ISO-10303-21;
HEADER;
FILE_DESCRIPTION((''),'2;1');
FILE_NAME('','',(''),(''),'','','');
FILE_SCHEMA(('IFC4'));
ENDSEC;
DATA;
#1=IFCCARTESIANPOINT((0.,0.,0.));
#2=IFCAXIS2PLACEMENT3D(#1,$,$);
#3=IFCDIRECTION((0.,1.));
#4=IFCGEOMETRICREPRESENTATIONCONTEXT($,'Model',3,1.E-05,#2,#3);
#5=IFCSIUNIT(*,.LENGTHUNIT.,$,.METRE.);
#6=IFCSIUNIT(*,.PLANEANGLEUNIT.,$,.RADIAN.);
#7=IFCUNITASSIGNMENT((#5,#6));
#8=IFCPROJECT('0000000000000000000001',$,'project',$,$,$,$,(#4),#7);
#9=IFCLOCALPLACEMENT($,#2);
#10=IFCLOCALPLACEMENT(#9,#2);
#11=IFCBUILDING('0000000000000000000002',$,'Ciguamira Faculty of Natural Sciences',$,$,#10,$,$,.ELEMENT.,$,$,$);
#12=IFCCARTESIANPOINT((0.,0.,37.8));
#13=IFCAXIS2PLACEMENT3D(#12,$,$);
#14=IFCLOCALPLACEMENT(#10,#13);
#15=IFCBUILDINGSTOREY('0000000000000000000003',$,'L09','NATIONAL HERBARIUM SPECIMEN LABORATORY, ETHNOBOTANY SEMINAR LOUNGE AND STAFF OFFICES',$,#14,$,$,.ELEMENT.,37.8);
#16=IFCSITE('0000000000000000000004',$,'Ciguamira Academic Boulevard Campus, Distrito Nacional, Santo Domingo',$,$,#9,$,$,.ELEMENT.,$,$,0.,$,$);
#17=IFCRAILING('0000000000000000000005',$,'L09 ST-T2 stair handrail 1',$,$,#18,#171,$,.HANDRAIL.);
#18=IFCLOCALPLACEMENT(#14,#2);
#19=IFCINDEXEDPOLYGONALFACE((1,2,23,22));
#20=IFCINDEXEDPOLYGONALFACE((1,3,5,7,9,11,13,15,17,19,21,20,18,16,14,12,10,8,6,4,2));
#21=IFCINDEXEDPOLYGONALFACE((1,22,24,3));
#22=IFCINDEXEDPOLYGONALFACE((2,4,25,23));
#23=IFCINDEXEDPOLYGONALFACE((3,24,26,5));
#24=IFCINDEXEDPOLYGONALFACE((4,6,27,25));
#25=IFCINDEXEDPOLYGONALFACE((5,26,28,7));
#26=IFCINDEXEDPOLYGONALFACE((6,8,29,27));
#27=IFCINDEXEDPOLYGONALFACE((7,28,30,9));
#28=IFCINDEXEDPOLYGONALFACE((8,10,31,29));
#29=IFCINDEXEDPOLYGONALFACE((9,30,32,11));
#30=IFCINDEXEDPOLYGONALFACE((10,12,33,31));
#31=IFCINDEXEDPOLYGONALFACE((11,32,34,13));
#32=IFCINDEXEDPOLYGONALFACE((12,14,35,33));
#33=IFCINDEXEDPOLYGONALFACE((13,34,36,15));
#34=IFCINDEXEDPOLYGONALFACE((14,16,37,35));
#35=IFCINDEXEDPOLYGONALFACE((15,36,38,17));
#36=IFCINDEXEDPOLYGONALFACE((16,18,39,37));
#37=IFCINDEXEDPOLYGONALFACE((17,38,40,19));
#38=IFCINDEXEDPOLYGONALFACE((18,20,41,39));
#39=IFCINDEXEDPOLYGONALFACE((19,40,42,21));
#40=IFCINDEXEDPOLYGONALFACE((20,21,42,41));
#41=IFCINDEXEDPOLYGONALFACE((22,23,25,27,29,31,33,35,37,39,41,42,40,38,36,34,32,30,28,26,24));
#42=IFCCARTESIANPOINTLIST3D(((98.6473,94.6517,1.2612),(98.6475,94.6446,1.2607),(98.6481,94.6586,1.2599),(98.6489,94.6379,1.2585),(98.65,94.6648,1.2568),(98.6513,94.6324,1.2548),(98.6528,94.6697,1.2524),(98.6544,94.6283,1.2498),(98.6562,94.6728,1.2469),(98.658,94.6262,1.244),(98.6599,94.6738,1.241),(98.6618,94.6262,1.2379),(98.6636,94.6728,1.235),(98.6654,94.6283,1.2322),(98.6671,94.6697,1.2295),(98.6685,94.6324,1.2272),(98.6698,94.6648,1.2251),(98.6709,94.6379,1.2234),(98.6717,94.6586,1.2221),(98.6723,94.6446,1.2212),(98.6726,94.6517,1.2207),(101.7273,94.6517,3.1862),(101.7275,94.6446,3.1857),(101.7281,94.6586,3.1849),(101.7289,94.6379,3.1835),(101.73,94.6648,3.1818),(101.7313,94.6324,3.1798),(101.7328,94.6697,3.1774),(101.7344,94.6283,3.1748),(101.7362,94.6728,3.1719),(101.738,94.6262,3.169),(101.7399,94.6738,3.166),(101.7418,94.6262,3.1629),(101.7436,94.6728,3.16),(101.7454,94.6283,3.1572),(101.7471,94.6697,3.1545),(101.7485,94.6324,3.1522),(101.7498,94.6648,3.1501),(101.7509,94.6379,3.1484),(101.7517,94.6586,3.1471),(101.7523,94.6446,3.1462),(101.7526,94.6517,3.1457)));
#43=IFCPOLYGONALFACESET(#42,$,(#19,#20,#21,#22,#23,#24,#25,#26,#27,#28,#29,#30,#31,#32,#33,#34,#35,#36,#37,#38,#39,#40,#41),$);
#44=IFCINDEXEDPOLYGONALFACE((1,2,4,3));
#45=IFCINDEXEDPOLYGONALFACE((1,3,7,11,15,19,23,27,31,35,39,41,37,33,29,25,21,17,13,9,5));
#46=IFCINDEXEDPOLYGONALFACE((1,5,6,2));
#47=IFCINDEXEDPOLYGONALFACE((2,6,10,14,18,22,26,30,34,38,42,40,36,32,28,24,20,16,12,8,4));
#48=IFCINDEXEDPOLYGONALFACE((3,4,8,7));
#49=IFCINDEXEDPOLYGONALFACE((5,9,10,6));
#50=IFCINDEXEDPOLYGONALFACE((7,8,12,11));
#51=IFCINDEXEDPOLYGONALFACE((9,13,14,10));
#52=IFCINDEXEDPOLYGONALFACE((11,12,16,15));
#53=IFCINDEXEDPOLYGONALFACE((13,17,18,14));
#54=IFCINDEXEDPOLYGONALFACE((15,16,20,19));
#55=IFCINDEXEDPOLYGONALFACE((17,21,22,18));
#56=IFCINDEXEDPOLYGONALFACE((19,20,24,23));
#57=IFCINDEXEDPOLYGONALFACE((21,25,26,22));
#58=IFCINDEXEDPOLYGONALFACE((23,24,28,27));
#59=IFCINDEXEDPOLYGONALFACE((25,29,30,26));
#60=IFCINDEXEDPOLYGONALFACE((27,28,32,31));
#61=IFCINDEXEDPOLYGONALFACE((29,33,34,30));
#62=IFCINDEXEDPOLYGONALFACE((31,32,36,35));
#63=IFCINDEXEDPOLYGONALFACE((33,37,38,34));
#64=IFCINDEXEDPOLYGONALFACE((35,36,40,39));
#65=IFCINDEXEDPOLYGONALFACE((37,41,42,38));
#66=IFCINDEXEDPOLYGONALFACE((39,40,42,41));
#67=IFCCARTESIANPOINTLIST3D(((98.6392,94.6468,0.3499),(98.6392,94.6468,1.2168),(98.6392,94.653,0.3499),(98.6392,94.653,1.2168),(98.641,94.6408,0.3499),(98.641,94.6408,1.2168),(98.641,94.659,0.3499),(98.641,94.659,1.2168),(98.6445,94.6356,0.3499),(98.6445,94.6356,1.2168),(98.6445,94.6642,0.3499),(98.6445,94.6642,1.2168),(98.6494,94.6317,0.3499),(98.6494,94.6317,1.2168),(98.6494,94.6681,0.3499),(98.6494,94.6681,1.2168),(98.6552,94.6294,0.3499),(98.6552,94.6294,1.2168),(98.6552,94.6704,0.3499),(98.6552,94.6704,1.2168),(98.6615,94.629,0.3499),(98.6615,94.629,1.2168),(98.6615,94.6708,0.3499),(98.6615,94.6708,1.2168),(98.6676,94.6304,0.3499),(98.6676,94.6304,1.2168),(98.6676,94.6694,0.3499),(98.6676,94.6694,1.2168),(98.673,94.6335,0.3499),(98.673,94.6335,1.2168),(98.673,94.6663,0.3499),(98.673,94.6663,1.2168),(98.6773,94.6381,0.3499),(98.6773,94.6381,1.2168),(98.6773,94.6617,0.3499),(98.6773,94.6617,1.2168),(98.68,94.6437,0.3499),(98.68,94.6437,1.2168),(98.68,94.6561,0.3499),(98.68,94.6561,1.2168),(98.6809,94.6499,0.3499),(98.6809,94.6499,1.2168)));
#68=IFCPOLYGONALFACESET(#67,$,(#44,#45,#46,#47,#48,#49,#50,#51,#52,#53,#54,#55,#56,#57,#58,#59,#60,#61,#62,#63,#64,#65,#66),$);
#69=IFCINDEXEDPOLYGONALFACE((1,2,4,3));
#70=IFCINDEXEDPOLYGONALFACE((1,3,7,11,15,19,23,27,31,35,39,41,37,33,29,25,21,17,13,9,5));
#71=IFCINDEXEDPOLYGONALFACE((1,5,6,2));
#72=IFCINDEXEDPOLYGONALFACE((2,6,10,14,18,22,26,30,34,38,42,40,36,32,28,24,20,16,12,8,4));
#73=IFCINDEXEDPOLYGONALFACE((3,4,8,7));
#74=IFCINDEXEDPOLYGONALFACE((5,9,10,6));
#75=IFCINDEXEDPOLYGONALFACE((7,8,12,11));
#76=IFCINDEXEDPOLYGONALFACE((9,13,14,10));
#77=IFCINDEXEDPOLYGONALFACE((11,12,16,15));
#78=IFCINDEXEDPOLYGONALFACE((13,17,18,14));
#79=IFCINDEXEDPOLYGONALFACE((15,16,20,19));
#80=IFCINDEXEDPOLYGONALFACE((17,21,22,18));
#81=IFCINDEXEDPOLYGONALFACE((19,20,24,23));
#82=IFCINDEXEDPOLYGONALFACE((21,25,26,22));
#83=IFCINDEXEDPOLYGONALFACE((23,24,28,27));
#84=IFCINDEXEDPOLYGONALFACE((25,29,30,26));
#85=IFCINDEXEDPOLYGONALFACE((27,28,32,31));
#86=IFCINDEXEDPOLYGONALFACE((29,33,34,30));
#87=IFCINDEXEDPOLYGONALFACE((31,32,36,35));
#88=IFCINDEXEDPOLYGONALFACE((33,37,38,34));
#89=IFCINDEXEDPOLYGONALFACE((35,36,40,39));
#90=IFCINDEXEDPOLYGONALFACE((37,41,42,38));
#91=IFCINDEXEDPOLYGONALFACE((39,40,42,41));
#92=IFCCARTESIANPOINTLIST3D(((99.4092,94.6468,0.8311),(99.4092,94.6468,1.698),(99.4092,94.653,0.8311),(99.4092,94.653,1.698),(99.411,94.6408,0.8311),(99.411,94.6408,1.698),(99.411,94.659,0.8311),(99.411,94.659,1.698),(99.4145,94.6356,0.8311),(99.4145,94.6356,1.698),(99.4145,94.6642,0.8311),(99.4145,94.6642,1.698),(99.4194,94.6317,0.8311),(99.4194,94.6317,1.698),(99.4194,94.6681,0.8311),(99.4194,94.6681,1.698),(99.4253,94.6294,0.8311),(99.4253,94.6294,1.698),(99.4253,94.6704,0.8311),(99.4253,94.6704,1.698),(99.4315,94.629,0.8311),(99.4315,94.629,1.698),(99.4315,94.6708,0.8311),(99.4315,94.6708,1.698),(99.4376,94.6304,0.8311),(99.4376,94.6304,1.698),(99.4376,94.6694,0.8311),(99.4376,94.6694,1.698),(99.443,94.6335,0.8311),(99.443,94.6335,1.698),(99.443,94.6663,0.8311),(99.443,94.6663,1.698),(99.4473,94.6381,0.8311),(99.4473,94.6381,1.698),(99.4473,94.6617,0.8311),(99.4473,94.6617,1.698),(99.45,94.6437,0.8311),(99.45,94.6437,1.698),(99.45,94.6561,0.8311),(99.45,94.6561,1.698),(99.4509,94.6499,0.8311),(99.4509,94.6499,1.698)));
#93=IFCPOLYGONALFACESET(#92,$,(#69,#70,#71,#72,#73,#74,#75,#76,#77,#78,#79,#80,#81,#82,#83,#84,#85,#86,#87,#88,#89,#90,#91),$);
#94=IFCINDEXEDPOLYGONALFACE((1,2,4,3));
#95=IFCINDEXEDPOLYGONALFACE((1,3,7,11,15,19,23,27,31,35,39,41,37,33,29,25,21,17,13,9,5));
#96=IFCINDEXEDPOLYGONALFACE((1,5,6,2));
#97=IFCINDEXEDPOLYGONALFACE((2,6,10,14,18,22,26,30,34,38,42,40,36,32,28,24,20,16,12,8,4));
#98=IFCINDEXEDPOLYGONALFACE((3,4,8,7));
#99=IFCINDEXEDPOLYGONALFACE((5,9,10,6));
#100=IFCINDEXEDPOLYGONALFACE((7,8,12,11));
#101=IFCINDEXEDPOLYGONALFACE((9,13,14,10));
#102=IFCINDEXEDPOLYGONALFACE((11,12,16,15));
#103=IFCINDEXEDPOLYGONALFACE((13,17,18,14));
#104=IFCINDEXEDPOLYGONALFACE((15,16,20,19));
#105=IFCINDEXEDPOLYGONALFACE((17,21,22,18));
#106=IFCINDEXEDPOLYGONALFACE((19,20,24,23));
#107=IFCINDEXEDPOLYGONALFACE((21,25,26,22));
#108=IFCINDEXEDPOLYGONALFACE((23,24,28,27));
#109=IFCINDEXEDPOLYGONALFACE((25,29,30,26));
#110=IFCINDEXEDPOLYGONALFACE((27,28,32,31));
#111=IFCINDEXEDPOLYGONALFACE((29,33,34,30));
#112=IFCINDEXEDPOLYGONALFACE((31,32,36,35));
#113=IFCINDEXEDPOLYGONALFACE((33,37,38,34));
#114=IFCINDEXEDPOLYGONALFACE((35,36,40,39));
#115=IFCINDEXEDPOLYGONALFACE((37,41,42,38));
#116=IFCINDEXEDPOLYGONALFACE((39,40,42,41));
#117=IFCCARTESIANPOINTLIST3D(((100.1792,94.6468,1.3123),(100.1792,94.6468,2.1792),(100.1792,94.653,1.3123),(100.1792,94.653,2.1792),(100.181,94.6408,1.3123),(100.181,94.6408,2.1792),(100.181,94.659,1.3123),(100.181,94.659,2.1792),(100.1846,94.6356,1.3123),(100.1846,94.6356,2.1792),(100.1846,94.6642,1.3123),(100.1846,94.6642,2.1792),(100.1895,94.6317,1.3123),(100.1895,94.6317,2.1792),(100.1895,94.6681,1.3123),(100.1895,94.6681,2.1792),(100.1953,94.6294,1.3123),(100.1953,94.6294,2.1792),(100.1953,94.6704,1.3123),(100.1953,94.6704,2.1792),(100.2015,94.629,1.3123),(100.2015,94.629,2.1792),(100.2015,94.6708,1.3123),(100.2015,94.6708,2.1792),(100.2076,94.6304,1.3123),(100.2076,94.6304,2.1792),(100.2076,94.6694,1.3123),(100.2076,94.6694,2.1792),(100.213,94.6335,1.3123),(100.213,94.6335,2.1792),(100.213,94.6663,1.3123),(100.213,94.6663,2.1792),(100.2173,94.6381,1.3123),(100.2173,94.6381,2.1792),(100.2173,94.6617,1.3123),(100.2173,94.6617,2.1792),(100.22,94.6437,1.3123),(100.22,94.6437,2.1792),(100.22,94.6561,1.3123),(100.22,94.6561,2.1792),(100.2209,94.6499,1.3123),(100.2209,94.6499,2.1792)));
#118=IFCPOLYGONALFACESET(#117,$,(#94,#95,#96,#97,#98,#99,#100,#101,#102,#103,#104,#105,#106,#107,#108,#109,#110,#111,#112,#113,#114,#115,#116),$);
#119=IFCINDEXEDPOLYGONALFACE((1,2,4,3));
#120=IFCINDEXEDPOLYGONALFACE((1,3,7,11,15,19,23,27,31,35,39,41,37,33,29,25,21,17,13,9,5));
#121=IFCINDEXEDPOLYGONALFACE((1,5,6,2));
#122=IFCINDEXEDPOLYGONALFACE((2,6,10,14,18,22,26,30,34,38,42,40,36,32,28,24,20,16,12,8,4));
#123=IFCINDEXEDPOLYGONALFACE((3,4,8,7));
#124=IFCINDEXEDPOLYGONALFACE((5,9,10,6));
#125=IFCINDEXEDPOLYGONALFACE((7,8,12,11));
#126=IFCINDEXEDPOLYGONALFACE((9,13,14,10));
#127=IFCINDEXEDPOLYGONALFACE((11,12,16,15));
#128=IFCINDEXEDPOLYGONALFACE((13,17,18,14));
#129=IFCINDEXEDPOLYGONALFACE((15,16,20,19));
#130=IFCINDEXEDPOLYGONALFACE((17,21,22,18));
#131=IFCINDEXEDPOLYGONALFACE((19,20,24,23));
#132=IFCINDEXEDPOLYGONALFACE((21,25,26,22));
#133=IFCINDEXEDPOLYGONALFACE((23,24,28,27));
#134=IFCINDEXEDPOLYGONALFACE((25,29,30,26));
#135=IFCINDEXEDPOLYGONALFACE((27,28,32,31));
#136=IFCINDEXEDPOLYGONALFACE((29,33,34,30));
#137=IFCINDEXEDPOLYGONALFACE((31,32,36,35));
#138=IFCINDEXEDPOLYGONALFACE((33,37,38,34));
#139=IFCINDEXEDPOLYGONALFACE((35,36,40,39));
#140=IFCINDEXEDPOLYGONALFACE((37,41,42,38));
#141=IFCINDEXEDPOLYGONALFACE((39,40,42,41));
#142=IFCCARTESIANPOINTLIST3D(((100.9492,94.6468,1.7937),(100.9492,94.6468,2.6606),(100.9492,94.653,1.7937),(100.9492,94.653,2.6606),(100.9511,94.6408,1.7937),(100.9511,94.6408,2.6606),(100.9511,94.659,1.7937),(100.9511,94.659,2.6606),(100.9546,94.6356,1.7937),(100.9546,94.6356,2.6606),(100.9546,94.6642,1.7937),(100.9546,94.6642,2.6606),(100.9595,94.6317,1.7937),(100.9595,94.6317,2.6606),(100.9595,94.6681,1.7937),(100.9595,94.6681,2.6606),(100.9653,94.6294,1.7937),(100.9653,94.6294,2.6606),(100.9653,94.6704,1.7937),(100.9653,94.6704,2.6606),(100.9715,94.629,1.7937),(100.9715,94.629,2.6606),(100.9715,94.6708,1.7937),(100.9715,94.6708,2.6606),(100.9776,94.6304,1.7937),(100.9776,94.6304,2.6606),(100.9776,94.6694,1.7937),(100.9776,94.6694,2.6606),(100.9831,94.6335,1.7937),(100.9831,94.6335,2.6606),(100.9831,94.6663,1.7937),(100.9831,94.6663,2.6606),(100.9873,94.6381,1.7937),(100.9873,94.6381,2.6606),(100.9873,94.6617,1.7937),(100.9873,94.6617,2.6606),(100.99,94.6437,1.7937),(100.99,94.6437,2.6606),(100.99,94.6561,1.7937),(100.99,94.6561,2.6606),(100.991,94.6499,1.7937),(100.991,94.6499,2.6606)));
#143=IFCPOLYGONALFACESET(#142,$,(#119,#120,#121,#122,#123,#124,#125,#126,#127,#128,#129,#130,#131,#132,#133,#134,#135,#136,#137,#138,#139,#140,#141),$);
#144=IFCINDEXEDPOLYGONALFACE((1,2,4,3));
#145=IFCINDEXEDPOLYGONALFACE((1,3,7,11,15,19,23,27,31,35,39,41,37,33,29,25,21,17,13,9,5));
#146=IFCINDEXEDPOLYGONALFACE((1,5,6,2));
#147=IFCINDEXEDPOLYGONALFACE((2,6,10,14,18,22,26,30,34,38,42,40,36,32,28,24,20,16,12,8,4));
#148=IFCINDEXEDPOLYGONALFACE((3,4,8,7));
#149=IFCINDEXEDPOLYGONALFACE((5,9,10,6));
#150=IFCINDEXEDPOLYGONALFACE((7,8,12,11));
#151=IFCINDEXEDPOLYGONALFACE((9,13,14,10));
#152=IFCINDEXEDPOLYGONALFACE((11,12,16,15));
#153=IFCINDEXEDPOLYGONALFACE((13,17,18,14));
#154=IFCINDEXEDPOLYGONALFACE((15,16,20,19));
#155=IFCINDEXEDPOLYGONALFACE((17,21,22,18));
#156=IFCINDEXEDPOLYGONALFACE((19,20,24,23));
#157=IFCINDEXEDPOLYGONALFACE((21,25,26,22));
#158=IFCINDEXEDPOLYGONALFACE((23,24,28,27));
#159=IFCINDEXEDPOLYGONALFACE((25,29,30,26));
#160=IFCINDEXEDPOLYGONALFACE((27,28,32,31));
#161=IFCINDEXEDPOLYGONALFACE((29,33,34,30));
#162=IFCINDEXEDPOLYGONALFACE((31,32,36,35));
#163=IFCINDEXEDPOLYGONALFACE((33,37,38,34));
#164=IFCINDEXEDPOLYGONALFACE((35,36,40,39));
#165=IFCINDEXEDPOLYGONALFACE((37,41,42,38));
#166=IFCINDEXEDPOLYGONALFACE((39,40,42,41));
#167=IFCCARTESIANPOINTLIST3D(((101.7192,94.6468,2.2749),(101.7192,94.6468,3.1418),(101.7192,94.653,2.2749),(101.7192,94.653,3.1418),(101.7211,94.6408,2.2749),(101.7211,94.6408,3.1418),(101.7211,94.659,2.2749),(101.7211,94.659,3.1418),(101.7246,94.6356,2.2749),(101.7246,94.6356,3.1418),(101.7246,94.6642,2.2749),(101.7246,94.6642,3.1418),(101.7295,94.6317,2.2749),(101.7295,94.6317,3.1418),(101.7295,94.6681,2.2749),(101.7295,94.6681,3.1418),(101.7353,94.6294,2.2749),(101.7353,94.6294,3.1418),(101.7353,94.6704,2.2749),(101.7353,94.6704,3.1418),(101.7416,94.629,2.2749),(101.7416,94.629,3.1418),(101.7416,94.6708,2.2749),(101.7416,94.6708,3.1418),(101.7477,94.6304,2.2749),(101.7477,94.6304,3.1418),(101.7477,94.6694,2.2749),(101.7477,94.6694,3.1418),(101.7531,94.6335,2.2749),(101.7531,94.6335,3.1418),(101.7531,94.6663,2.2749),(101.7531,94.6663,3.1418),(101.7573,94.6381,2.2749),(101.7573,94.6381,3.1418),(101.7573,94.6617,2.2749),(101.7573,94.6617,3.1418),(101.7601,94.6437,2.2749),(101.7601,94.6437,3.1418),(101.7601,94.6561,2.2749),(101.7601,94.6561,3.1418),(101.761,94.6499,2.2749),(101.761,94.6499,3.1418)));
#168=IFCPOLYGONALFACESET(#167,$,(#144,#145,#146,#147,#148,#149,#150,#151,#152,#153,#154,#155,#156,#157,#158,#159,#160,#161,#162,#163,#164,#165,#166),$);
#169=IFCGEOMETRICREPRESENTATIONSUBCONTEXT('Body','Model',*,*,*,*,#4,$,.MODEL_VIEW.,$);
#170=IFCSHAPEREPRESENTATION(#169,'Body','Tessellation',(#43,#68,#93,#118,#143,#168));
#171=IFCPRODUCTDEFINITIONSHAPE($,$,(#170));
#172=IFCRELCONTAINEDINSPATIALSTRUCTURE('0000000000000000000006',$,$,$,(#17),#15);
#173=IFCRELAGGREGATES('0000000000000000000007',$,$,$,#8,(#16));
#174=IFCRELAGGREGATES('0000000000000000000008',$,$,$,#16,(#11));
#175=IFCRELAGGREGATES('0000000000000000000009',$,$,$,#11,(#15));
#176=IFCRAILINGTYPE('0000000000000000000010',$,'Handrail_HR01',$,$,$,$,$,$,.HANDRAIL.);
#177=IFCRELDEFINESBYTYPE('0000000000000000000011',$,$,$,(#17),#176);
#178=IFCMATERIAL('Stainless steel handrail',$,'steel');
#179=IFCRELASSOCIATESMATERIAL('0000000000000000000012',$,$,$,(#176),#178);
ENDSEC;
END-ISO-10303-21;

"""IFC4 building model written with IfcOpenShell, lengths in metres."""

from ifc_helpers import new_model, si_unit, direction, frame, origin, origin_2d, place, context, subcontext, project, spatial, circle, extrude, material, type_object, element, save


model = new_model("IFC4")

# Units and contexts
model_context = context("Model", 3, precision=1e-05, world=origin(), true_north=direction((0.0, 1.0)))
body_context = subcontext(model_context, "Body", "Model", "MODEL_VIEW")
ifc_project = project(units=[si_unit("LENGTHUNIT", "METRE"), si_unit("PLANEANGLEUNIT", "RADIAN")], contexts=[model_context])

# Site, building, storey
site_placement = place(None, origin())
site = spatial("IfcSite", under=ifc_project, at=site_placement, Name="Ciguamira Academic Boulevard Campus, Distrito Nacional, Santo Domingo", CompositionType="ELEMENT", RefElevation=0.0)
building_placement = place(site_placement, origin())
building = spatial("IfcBuilding", under=site, at=building_placement, Name="Ciguamira Faculty of Natural Sciences", CompositionType="ELEMENT")
storey_placement = place(building_placement, frame((0.0, 0.0, 37.8)))
storey = spatial("IfcBuildingStorey", under=building, at=storey_placement, Name="L09", Description="NATIONAL HERBARIUM SPECIMEN LABORATORY, ETHNOBOTANY SEMINAR LOUNGE AND STAFF OFFICES", CompositionType="ELEMENT", Elevation=37.8)

# Railing
ifc_material_1 = material(Name="Stainless steel handrail", Category="steel")
railing_type_1 = type_object("IfcRailingType", Name="Handrail_HR01", PredefinedType="HANDRAIL", material=ifc_material_1)
railing_1_placement = place(storey_placement, frame((98.6599, 94.6499, 0.3499)))
element("IfcRailing", 1, at=railing_1_placement, inside=storey, type_object=railing_type_1, Name="L09 ST-T2 stair handrail 1", PredefinedType="HANDRAIL", context=body_context, shape_type="SweptSolid", body=[
    extrude(circle(Radius=0.0239, at=origin_2d()), frame((0.0, 0.0, 0.8911), z_axis=(0.847998, 0.0, 0.529999), x_axis=(0.0, 1.0, 0.0)), (0.0, 0.0, 1.0), 3.6321),
    extrude(circle(Radius=0.021, at=origin_2d()), origin(), (0.0, 0.0, 1.0), 0.8669),
    extrude(circle(Radius=0.021, at=origin_2d()), frame((0.77, 0.0, 0.4812)), (0.0, 0.0, 1.0), 0.8669),
    extrude(circle(Radius=0.021, at=origin_2d()), frame((1.54, 0.0, 0.9624)), (0.0, 0.0, 1.0), 0.8669),
    extrude(circle(Radius=0.021, at=origin_2d()), frame((2.3101, 0.0, 1.4438)), (0.0, 0.0, 1.0), 0.8669),
    extrude(circle(Radius=0.021, at=origin_2d()), frame((3.0801, 0.0, 1.925)), (0.0, 0.0, 1.0), 0.8669),
])

save(model, "model.ifc")
